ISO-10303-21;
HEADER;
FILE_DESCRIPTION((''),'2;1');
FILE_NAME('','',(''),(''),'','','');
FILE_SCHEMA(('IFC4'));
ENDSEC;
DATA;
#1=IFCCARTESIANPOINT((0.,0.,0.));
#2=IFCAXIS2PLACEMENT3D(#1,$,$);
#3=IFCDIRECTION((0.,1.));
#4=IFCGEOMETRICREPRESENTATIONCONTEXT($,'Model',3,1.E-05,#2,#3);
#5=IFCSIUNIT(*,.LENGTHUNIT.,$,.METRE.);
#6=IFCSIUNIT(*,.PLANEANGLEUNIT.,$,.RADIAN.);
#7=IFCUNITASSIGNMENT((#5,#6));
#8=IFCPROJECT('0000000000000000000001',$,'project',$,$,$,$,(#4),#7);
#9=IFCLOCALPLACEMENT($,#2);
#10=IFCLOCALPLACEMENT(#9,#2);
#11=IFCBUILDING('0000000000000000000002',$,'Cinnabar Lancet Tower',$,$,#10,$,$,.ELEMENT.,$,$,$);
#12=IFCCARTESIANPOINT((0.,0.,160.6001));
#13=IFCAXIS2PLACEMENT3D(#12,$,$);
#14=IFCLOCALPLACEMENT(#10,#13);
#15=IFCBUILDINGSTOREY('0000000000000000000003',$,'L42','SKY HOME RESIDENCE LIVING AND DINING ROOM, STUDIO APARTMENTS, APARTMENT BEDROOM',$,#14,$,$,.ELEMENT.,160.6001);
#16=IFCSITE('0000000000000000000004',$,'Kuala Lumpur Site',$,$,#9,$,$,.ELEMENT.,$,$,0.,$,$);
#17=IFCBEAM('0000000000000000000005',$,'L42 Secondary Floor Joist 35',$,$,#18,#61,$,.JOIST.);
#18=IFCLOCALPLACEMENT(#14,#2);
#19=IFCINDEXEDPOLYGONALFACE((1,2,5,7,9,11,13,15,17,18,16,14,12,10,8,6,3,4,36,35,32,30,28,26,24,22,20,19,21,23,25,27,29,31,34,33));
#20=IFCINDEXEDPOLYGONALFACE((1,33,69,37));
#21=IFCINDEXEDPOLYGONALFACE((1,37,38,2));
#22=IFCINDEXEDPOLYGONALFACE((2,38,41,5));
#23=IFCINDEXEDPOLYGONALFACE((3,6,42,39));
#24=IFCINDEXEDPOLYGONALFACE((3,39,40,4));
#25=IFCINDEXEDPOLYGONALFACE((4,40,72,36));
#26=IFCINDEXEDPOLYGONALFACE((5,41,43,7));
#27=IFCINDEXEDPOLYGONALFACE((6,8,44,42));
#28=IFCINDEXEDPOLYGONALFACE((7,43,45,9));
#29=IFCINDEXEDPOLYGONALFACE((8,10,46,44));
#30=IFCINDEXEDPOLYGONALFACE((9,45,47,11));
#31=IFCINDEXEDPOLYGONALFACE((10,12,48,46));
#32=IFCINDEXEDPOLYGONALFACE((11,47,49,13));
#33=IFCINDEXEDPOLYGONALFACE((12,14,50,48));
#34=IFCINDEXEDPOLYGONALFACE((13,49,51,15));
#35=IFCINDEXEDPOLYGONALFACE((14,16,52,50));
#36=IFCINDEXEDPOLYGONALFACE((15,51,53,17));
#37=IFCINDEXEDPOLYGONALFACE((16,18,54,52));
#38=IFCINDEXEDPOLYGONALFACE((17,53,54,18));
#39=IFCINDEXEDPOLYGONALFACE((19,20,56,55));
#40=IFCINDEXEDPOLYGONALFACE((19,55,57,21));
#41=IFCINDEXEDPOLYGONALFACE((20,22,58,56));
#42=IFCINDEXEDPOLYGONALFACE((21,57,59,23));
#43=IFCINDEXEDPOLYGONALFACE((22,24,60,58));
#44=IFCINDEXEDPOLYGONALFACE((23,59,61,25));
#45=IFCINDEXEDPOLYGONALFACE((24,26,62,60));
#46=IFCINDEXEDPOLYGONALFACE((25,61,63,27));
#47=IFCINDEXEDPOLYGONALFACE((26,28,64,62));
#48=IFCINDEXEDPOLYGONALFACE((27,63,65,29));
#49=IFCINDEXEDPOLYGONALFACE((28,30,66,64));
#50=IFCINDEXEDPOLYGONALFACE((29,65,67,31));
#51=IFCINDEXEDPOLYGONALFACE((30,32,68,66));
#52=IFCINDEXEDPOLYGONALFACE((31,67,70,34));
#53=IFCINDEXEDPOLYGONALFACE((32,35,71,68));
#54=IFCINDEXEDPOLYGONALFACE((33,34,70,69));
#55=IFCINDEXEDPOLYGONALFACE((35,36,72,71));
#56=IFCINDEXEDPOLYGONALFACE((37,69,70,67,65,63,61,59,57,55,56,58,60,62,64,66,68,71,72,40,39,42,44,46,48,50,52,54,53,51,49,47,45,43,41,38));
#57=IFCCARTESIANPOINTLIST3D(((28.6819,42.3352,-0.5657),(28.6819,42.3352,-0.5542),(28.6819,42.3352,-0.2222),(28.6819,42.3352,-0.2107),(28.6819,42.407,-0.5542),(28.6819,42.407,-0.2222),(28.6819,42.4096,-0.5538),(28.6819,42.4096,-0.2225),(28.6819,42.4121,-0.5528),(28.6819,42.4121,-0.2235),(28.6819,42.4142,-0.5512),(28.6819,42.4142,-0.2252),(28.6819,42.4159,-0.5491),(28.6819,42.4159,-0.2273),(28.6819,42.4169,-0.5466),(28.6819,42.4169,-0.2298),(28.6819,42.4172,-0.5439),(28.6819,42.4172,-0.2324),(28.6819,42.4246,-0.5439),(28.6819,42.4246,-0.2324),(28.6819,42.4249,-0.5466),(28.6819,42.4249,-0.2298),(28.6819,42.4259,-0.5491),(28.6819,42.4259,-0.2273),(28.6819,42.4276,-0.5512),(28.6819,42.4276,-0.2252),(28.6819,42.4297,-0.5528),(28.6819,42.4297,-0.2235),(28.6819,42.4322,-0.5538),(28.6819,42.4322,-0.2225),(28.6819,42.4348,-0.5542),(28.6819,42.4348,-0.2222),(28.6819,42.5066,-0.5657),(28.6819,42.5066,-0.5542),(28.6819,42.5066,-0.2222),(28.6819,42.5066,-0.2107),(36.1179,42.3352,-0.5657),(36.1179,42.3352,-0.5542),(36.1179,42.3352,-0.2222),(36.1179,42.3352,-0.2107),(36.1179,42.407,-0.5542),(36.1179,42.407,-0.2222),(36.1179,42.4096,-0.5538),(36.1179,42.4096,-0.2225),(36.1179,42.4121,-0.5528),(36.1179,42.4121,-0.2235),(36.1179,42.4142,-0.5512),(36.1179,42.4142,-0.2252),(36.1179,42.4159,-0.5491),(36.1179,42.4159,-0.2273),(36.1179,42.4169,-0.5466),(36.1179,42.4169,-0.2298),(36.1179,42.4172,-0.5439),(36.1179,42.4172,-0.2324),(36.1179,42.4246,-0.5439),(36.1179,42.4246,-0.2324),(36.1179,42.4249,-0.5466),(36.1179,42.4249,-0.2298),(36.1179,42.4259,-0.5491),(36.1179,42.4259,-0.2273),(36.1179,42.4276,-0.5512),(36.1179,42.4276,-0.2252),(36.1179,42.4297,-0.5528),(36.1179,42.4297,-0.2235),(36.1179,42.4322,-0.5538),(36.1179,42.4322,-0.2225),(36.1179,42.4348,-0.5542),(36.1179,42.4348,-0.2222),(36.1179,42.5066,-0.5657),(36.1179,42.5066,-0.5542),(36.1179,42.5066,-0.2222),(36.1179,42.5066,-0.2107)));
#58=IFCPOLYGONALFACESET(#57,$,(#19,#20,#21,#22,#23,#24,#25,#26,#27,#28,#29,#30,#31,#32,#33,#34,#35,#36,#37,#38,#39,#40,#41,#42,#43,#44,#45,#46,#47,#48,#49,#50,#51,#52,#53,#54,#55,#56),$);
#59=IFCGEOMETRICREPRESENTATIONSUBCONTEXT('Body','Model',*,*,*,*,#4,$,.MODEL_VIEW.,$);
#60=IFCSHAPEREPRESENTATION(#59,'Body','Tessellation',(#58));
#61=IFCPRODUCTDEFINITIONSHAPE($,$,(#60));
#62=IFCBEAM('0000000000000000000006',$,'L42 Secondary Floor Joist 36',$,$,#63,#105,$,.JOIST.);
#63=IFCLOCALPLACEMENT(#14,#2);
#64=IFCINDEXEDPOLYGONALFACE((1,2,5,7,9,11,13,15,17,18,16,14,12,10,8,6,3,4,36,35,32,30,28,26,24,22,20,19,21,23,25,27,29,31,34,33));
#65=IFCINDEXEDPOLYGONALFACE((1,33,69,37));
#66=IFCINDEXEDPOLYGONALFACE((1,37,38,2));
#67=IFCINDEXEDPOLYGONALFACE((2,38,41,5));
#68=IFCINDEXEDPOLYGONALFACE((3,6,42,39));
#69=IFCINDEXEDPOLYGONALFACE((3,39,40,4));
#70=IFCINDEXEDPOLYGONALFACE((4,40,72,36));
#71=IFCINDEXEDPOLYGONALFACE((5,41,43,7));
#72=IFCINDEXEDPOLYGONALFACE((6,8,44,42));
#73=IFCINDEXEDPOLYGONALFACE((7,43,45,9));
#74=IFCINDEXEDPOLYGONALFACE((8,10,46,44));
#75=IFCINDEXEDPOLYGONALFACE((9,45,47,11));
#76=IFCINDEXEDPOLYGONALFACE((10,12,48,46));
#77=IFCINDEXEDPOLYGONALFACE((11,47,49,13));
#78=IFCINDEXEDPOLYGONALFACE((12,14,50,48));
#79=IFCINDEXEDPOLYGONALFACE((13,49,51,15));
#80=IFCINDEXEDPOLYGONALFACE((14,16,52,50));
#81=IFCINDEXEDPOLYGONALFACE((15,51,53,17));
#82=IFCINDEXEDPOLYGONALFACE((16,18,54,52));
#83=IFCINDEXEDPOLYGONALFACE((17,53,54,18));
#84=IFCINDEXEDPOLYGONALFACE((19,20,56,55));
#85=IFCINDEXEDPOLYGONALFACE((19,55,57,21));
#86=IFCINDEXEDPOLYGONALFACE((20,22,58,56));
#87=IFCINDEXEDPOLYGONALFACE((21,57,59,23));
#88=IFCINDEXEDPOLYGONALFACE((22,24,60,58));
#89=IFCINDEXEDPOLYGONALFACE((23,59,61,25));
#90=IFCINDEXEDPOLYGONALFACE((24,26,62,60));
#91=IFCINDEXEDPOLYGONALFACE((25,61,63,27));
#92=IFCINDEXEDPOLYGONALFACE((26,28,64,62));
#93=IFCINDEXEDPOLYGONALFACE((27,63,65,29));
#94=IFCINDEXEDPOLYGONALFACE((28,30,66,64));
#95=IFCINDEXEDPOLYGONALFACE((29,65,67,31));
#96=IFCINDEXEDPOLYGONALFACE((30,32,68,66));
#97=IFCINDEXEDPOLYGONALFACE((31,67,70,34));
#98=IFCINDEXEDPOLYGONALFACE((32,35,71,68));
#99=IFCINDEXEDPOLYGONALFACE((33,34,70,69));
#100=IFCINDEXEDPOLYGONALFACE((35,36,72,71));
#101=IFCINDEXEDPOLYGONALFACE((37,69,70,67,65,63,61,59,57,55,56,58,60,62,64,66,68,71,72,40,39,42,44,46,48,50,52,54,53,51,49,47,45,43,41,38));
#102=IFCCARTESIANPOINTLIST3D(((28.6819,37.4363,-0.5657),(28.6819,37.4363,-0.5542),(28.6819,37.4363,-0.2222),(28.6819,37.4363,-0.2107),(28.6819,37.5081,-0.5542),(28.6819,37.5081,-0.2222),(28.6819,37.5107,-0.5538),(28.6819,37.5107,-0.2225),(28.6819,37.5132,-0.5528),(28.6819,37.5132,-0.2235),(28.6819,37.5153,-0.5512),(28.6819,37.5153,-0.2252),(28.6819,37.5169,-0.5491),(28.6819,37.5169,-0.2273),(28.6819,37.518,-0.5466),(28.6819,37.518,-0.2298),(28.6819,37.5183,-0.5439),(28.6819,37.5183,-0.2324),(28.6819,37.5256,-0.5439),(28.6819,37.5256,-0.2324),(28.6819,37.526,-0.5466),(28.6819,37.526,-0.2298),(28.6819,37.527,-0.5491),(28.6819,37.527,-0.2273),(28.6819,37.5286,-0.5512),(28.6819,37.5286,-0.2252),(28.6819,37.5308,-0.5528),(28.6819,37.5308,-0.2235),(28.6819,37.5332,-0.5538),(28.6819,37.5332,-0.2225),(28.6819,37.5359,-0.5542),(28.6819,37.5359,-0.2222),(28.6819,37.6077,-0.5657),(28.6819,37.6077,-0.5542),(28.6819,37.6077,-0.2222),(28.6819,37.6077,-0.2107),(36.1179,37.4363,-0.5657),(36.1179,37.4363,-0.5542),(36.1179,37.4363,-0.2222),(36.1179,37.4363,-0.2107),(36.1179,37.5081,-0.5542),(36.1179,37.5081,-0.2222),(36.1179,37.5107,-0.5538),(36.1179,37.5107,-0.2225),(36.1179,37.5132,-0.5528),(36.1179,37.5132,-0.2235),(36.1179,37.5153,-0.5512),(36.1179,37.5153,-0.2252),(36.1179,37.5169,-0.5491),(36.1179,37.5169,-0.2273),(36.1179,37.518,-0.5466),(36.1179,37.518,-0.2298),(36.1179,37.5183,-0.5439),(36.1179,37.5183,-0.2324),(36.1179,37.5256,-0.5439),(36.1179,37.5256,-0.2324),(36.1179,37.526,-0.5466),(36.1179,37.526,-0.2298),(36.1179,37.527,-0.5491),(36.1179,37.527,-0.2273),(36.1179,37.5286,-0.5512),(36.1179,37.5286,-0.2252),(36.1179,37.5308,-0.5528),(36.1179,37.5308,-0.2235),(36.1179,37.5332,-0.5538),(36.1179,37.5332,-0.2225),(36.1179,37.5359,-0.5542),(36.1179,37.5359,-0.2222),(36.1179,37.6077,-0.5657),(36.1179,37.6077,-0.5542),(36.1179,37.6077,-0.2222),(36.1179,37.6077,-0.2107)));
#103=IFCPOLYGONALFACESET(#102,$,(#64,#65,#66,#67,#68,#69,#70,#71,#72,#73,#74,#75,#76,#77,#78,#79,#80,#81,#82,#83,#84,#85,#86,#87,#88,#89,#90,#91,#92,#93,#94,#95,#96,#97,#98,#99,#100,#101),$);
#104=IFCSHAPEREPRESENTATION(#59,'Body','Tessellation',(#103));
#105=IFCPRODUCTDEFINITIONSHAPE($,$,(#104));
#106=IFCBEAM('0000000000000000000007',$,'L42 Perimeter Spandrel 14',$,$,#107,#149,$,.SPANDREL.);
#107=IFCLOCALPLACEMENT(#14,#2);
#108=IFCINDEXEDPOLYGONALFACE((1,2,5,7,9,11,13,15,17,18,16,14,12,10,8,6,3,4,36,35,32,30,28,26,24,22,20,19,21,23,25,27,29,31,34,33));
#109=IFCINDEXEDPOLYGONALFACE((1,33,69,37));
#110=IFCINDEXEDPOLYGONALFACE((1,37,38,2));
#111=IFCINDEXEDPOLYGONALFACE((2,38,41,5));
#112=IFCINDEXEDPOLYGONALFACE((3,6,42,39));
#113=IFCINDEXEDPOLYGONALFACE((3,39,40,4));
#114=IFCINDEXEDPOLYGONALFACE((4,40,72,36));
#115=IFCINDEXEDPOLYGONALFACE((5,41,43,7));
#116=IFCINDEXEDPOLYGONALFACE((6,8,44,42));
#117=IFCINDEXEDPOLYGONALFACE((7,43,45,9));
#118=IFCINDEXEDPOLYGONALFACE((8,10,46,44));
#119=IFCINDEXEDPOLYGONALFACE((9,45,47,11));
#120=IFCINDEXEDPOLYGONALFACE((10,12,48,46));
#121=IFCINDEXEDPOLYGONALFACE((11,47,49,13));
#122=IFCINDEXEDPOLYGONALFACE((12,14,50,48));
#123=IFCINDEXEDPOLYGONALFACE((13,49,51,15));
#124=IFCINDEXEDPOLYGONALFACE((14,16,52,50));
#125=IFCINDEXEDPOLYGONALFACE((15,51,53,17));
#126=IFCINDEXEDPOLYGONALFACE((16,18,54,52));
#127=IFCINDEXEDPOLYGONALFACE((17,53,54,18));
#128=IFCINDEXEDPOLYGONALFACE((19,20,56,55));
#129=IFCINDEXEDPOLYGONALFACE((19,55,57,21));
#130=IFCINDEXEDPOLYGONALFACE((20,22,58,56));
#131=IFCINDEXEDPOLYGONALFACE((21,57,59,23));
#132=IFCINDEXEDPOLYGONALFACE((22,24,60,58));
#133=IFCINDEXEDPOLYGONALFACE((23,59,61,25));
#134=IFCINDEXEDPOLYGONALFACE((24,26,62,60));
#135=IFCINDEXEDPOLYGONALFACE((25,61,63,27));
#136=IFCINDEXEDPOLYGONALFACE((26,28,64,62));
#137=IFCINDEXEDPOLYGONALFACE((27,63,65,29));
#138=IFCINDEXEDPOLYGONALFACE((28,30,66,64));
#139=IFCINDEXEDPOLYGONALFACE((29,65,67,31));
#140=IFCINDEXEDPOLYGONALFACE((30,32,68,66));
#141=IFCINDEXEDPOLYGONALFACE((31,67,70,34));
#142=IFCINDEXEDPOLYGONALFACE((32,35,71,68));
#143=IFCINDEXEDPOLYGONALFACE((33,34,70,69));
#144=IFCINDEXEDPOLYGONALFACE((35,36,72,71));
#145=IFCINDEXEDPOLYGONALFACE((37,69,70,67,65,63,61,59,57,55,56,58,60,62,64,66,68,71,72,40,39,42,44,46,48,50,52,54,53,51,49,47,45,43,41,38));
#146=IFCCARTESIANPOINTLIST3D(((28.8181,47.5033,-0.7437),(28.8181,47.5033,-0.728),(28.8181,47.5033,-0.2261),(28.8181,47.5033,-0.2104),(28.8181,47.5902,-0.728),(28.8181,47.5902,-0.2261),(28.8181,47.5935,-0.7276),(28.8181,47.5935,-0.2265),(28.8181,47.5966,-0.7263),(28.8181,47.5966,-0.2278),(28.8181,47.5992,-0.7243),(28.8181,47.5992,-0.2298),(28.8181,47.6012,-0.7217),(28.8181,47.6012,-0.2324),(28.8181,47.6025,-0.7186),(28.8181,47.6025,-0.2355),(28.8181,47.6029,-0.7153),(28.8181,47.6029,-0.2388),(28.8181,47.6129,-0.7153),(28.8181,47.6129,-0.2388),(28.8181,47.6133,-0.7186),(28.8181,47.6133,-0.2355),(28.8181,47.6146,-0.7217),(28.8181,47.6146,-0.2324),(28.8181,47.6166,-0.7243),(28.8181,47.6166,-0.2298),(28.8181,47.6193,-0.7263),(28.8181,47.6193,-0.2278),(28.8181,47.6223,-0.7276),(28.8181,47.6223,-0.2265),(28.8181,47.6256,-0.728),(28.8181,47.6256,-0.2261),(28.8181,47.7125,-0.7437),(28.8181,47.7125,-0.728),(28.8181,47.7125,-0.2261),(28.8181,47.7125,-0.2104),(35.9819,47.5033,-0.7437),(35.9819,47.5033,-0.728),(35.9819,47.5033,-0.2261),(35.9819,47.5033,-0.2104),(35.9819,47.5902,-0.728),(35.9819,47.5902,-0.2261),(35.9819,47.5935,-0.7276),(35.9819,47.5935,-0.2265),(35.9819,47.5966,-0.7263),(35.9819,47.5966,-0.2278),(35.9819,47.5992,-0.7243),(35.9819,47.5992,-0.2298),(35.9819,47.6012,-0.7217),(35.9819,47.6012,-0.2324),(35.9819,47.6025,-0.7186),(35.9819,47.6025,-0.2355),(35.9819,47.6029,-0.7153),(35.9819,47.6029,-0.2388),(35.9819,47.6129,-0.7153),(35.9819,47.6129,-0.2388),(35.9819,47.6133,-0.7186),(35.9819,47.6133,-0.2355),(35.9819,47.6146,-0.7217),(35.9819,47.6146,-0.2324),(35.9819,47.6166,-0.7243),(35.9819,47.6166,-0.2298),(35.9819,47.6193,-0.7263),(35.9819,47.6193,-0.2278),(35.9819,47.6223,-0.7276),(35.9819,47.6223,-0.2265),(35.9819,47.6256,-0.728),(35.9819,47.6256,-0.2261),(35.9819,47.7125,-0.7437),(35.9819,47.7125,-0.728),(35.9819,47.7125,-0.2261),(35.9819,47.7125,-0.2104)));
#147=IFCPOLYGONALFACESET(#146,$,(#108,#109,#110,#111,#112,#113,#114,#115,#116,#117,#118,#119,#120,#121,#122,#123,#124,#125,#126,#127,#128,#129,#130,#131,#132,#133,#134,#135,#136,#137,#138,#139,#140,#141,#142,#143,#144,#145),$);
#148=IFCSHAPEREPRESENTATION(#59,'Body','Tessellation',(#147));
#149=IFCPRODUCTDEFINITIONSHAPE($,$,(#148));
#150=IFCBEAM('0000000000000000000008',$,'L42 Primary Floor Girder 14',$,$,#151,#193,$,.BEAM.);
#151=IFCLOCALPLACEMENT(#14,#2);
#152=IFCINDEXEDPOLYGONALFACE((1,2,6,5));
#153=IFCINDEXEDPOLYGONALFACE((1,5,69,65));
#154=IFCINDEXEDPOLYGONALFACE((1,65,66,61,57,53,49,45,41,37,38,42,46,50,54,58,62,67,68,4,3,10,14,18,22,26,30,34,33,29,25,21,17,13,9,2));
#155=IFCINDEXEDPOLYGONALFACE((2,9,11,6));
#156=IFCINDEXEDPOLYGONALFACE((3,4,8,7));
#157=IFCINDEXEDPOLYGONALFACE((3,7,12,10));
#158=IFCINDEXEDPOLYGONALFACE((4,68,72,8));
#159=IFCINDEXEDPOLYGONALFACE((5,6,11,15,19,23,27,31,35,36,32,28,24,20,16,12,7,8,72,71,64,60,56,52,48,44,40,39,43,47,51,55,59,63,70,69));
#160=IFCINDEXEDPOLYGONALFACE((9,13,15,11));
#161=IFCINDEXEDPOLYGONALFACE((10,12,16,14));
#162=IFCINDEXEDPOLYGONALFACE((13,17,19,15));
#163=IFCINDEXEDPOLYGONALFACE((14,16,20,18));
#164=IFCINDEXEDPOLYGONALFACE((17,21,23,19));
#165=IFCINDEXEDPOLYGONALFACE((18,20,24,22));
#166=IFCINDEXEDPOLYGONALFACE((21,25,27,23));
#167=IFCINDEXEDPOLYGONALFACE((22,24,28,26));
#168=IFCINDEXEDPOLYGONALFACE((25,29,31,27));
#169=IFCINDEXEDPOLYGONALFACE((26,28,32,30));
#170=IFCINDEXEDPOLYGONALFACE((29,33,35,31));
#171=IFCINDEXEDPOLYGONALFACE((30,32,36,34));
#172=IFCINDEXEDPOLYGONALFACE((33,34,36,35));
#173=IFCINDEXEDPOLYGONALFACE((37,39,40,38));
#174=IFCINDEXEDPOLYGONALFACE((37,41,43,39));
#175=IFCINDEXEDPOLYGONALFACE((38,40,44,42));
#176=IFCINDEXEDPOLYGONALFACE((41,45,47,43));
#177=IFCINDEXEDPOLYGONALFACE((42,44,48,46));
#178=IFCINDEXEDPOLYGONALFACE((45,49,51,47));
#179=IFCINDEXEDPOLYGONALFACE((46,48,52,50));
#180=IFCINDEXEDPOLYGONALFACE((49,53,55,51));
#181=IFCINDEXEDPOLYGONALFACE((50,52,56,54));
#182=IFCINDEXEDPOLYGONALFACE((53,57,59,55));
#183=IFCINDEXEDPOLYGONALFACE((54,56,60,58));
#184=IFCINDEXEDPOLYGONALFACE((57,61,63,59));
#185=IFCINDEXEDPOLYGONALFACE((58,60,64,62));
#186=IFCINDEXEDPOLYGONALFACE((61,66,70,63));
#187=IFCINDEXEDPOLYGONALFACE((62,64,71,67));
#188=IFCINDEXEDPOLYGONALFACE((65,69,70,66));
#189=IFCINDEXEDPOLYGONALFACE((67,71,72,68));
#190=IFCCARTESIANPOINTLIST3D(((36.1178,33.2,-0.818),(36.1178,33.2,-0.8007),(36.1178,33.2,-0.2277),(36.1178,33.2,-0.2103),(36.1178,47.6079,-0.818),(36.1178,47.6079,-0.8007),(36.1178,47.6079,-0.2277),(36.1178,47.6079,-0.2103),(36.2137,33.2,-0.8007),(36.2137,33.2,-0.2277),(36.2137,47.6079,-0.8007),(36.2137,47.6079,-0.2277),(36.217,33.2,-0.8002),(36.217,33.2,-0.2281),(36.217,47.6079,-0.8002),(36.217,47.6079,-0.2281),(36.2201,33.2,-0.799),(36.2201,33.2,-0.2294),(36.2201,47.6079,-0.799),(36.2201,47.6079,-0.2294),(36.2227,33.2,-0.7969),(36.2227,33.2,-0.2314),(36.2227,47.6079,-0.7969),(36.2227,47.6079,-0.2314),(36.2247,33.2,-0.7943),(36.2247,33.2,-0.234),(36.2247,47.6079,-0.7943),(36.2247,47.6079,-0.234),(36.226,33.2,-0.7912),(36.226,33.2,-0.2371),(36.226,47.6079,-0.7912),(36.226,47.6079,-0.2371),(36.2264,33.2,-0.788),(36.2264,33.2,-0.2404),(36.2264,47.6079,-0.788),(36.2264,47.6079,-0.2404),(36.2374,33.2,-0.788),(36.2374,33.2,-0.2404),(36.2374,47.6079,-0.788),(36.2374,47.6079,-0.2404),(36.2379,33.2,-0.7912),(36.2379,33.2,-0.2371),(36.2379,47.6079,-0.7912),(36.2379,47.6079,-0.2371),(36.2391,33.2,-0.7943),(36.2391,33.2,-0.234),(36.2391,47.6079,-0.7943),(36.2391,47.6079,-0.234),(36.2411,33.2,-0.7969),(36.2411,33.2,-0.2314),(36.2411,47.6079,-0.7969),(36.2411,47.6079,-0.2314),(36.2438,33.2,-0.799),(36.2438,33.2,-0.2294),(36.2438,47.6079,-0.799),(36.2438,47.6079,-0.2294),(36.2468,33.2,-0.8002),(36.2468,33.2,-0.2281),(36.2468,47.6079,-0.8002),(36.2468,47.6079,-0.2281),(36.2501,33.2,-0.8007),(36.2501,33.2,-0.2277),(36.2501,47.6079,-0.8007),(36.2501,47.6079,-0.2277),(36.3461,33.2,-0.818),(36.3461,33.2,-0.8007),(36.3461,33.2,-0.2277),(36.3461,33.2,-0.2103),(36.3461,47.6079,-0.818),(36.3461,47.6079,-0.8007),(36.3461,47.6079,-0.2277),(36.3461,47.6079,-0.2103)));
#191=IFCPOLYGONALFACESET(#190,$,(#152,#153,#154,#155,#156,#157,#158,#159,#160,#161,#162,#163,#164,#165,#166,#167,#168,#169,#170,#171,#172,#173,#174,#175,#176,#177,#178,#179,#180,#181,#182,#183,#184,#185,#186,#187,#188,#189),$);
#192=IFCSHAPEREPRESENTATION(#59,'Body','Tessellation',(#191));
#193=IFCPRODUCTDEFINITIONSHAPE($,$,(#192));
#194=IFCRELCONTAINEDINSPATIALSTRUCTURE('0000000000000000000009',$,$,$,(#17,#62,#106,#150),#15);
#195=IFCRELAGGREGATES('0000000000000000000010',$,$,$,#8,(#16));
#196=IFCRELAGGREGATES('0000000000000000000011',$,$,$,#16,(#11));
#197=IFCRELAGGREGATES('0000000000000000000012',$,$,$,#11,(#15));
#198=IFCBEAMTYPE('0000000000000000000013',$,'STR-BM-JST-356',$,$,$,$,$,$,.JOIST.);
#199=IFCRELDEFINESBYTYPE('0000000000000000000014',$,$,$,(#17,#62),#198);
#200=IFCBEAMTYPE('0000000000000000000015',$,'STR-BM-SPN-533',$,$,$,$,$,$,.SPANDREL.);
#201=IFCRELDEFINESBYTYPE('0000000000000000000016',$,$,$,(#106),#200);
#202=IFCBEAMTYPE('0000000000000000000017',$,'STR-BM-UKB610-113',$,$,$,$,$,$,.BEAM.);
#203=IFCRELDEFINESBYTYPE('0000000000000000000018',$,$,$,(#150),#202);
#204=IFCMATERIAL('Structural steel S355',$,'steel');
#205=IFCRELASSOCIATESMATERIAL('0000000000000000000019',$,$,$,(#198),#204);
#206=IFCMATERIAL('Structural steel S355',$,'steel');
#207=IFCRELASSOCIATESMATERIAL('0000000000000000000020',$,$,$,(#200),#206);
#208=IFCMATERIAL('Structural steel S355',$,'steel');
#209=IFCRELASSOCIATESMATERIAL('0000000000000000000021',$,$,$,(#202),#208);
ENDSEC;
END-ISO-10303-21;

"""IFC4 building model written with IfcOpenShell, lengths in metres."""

from ifc_helpers import new_model, si_unit, direction, frame, origin, origin_2d, place, context, subcontext, project, spatial, i_section, extrude, material, material_profile, profile_set, type_object, element, save


model = new_model("IFC4")

# Units and contexts
model_context = context("Model", 3, precision=1e-05, world=origin(), true_north=direction((0.0, 1.0)))
body_context = subcontext(model_context, "Body", "Model", "MODEL_VIEW")
ifc_project = project(units=[si_unit("LENGTHUNIT", "METRE"), si_unit("PLANEANGLEUNIT", "RADIAN")], contexts=[model_context])

# Site, building, storey
site_placement = place(None, origin())
site = spatial("IfcSite", under=ifc_project, at=site_placement, Name="Kuala Lumpur Site", CompositionType="ELEMENT", RefElevation=0.0)
building_placement = place(site_placement, origin())
building = spatial("IfcBuilding", under=site, at=building_placement, Name="Cinnabar Lancet Tower", CompositionType="ELEMENT")
storey_placement = place(building_placement, frame((0.0, 0.0, 160.6001)))
storey = spatial("IfcBuildingStorey", under=building, at=storey_placement, Name="L42", Description="SKY HOME RESIDENCE LIVING AND DINING ROOM, STUDIO APARTMENTS, APARTMENT BEDROOM", CompositionType="ELEMENT", Elevation=160.6001)

# Beams
ifc_material_1 = material(Name="Structural steel S355", Category="steel")
ifc_material_profile_1 = material_profile(ifc_material_1, i_section(OverallWidth=0.1714, OverallDepth=0.355, WebThickness=0.0073, FlangeThickness=0.0115, FilletRadius=0.0103, at=origin_2d()), Name="UKB 356x171x51")
ifc_profile_set_1 = profile_set([ifc_material_profile_1], Name="Structural steel S355")
beam_type_1 = type_object("IfcBeamType", Name="STR-BM-JST-356", PredefinedType="JOIST", material=ifc_profile_set_1)
for number, where, z_axis, x_axis, name in (
    (1, (36.1179, 42.4209, -0.3882), (-1.0, 0.0, 0.0), (0.0, -1.0, 0.0), "L42 Secondary Floor Joist 35"),
    (2, (36.1179, 37.522, -0.3882), (-1.0, 0.0, 0.0), (0.0, -1.0, 0.0), "L42 Secondary Floor Joist 36"),
):
    element("IfcBeam", number, at=place(storey_placement, frame(where, z_axis=z_axis, x_axis=x_axis)), inside=storey, type_object=beam_type_1, Name=name, PredefinedType="JOIST", context=body_context, shape_type="SweptSolid", body=[
        extrude(i_section(OverallWidth=0.1714, OverallDepth=0.355, WebThickness=0.0073, FlangeThickness=0.0115, FilletRadius=0.0103, at=origin_2d()), origin(), (0.0, 0.0, 1.0), 7.436),
    ])
ifc_material_2 = material(Name="Structural steel S355", Category="steel")
ifc_material_profile_2 = material_profile(ifc_material_2, i_section(OverallWidth=0.2092, OverallDepth=0.5332, WebThickness=0.01, FlangeThickness=0.0156, FilletRadius=0.0127, at=origin_2d()), Name="UKB 533x210x92")
ifc_profile_set_2 = profile_set([ifc_material_profile_2], Name="Structural steel S355")
beam_type_2 = type_object("IfcBeamType", Name="STR-BM-SPN-533", PredefinedType="SPANDREL", material=ifc_profile_set_2)
beam_1_placement = place(storey_placement, frame((35.9819, 47.6079, -0.4771), z_axis=(-1.0, 0.0, 0.0), x_axis=(0.0, -1.0, 0.0)))
element("IfcBeam", 3, at=beam_1_placement, inside=storey, type_object=beam_type_2, Name="L42 Perimeter Spandrel 14", PredefinedType="SPANDREL", context=body_context, shape_type="SweptSolid", body=[
    extrude(i_section(OverallWidth=0.2092, OverallDepth=0.5332, WebThickness=0.01, FlangeThickness=0.0156, FilletRadius=0.0127, at=origin_2d()), origin(), (0.0, 0.0, 1.0), 7.1638),
])
ifc_material_3 = material(Name="Structural steel S355", Category="steel")
ifc_material_profile_3 = material_profile(ifc_material_3, i_section(OverallWidth=0.2283, OverallDepth=0.6077, WebThickness=0.011, FlangeThickness=0.0173, FilletRadius=0.0127, at=origin_2d()), Name="UKB 610x229x113")
ifc_profile_set_3 = profile_set([ifc_material_profile_3], Name="Structural steel S355")
beam_type_3 = type_object("IfcBeamType", Name="STR-BM-UKB610-113", PredefinedType="BEAM", material=ifc_profile_set_3)
beam_2_placement = place(storey_placement, frame((36.2319, 47.6079, -0.5142), z_axis=(0.0, -1.0, 0.0), x_axis=(1.0, 0.0, 0.0)))
element("IfcBeam", 4, at=beam_2_placement, inside=storey, type_object=beam_type_3, Name="L42 Primary Floor Girder 14", PredefinedType="BEAM", context=body_context, shape_type="SweptSolid", body=[
    extrude(i_section(OverallWidth=0.2283, OverallDepth=0.6077, WebThickness=0.011, FlangeThickness=0.0173, FilletRadius=0.0127, at=origin_2d()), origin(), (0.0, 0.0, 1.0), 14.408),
])

save(model, "model.ifc")
